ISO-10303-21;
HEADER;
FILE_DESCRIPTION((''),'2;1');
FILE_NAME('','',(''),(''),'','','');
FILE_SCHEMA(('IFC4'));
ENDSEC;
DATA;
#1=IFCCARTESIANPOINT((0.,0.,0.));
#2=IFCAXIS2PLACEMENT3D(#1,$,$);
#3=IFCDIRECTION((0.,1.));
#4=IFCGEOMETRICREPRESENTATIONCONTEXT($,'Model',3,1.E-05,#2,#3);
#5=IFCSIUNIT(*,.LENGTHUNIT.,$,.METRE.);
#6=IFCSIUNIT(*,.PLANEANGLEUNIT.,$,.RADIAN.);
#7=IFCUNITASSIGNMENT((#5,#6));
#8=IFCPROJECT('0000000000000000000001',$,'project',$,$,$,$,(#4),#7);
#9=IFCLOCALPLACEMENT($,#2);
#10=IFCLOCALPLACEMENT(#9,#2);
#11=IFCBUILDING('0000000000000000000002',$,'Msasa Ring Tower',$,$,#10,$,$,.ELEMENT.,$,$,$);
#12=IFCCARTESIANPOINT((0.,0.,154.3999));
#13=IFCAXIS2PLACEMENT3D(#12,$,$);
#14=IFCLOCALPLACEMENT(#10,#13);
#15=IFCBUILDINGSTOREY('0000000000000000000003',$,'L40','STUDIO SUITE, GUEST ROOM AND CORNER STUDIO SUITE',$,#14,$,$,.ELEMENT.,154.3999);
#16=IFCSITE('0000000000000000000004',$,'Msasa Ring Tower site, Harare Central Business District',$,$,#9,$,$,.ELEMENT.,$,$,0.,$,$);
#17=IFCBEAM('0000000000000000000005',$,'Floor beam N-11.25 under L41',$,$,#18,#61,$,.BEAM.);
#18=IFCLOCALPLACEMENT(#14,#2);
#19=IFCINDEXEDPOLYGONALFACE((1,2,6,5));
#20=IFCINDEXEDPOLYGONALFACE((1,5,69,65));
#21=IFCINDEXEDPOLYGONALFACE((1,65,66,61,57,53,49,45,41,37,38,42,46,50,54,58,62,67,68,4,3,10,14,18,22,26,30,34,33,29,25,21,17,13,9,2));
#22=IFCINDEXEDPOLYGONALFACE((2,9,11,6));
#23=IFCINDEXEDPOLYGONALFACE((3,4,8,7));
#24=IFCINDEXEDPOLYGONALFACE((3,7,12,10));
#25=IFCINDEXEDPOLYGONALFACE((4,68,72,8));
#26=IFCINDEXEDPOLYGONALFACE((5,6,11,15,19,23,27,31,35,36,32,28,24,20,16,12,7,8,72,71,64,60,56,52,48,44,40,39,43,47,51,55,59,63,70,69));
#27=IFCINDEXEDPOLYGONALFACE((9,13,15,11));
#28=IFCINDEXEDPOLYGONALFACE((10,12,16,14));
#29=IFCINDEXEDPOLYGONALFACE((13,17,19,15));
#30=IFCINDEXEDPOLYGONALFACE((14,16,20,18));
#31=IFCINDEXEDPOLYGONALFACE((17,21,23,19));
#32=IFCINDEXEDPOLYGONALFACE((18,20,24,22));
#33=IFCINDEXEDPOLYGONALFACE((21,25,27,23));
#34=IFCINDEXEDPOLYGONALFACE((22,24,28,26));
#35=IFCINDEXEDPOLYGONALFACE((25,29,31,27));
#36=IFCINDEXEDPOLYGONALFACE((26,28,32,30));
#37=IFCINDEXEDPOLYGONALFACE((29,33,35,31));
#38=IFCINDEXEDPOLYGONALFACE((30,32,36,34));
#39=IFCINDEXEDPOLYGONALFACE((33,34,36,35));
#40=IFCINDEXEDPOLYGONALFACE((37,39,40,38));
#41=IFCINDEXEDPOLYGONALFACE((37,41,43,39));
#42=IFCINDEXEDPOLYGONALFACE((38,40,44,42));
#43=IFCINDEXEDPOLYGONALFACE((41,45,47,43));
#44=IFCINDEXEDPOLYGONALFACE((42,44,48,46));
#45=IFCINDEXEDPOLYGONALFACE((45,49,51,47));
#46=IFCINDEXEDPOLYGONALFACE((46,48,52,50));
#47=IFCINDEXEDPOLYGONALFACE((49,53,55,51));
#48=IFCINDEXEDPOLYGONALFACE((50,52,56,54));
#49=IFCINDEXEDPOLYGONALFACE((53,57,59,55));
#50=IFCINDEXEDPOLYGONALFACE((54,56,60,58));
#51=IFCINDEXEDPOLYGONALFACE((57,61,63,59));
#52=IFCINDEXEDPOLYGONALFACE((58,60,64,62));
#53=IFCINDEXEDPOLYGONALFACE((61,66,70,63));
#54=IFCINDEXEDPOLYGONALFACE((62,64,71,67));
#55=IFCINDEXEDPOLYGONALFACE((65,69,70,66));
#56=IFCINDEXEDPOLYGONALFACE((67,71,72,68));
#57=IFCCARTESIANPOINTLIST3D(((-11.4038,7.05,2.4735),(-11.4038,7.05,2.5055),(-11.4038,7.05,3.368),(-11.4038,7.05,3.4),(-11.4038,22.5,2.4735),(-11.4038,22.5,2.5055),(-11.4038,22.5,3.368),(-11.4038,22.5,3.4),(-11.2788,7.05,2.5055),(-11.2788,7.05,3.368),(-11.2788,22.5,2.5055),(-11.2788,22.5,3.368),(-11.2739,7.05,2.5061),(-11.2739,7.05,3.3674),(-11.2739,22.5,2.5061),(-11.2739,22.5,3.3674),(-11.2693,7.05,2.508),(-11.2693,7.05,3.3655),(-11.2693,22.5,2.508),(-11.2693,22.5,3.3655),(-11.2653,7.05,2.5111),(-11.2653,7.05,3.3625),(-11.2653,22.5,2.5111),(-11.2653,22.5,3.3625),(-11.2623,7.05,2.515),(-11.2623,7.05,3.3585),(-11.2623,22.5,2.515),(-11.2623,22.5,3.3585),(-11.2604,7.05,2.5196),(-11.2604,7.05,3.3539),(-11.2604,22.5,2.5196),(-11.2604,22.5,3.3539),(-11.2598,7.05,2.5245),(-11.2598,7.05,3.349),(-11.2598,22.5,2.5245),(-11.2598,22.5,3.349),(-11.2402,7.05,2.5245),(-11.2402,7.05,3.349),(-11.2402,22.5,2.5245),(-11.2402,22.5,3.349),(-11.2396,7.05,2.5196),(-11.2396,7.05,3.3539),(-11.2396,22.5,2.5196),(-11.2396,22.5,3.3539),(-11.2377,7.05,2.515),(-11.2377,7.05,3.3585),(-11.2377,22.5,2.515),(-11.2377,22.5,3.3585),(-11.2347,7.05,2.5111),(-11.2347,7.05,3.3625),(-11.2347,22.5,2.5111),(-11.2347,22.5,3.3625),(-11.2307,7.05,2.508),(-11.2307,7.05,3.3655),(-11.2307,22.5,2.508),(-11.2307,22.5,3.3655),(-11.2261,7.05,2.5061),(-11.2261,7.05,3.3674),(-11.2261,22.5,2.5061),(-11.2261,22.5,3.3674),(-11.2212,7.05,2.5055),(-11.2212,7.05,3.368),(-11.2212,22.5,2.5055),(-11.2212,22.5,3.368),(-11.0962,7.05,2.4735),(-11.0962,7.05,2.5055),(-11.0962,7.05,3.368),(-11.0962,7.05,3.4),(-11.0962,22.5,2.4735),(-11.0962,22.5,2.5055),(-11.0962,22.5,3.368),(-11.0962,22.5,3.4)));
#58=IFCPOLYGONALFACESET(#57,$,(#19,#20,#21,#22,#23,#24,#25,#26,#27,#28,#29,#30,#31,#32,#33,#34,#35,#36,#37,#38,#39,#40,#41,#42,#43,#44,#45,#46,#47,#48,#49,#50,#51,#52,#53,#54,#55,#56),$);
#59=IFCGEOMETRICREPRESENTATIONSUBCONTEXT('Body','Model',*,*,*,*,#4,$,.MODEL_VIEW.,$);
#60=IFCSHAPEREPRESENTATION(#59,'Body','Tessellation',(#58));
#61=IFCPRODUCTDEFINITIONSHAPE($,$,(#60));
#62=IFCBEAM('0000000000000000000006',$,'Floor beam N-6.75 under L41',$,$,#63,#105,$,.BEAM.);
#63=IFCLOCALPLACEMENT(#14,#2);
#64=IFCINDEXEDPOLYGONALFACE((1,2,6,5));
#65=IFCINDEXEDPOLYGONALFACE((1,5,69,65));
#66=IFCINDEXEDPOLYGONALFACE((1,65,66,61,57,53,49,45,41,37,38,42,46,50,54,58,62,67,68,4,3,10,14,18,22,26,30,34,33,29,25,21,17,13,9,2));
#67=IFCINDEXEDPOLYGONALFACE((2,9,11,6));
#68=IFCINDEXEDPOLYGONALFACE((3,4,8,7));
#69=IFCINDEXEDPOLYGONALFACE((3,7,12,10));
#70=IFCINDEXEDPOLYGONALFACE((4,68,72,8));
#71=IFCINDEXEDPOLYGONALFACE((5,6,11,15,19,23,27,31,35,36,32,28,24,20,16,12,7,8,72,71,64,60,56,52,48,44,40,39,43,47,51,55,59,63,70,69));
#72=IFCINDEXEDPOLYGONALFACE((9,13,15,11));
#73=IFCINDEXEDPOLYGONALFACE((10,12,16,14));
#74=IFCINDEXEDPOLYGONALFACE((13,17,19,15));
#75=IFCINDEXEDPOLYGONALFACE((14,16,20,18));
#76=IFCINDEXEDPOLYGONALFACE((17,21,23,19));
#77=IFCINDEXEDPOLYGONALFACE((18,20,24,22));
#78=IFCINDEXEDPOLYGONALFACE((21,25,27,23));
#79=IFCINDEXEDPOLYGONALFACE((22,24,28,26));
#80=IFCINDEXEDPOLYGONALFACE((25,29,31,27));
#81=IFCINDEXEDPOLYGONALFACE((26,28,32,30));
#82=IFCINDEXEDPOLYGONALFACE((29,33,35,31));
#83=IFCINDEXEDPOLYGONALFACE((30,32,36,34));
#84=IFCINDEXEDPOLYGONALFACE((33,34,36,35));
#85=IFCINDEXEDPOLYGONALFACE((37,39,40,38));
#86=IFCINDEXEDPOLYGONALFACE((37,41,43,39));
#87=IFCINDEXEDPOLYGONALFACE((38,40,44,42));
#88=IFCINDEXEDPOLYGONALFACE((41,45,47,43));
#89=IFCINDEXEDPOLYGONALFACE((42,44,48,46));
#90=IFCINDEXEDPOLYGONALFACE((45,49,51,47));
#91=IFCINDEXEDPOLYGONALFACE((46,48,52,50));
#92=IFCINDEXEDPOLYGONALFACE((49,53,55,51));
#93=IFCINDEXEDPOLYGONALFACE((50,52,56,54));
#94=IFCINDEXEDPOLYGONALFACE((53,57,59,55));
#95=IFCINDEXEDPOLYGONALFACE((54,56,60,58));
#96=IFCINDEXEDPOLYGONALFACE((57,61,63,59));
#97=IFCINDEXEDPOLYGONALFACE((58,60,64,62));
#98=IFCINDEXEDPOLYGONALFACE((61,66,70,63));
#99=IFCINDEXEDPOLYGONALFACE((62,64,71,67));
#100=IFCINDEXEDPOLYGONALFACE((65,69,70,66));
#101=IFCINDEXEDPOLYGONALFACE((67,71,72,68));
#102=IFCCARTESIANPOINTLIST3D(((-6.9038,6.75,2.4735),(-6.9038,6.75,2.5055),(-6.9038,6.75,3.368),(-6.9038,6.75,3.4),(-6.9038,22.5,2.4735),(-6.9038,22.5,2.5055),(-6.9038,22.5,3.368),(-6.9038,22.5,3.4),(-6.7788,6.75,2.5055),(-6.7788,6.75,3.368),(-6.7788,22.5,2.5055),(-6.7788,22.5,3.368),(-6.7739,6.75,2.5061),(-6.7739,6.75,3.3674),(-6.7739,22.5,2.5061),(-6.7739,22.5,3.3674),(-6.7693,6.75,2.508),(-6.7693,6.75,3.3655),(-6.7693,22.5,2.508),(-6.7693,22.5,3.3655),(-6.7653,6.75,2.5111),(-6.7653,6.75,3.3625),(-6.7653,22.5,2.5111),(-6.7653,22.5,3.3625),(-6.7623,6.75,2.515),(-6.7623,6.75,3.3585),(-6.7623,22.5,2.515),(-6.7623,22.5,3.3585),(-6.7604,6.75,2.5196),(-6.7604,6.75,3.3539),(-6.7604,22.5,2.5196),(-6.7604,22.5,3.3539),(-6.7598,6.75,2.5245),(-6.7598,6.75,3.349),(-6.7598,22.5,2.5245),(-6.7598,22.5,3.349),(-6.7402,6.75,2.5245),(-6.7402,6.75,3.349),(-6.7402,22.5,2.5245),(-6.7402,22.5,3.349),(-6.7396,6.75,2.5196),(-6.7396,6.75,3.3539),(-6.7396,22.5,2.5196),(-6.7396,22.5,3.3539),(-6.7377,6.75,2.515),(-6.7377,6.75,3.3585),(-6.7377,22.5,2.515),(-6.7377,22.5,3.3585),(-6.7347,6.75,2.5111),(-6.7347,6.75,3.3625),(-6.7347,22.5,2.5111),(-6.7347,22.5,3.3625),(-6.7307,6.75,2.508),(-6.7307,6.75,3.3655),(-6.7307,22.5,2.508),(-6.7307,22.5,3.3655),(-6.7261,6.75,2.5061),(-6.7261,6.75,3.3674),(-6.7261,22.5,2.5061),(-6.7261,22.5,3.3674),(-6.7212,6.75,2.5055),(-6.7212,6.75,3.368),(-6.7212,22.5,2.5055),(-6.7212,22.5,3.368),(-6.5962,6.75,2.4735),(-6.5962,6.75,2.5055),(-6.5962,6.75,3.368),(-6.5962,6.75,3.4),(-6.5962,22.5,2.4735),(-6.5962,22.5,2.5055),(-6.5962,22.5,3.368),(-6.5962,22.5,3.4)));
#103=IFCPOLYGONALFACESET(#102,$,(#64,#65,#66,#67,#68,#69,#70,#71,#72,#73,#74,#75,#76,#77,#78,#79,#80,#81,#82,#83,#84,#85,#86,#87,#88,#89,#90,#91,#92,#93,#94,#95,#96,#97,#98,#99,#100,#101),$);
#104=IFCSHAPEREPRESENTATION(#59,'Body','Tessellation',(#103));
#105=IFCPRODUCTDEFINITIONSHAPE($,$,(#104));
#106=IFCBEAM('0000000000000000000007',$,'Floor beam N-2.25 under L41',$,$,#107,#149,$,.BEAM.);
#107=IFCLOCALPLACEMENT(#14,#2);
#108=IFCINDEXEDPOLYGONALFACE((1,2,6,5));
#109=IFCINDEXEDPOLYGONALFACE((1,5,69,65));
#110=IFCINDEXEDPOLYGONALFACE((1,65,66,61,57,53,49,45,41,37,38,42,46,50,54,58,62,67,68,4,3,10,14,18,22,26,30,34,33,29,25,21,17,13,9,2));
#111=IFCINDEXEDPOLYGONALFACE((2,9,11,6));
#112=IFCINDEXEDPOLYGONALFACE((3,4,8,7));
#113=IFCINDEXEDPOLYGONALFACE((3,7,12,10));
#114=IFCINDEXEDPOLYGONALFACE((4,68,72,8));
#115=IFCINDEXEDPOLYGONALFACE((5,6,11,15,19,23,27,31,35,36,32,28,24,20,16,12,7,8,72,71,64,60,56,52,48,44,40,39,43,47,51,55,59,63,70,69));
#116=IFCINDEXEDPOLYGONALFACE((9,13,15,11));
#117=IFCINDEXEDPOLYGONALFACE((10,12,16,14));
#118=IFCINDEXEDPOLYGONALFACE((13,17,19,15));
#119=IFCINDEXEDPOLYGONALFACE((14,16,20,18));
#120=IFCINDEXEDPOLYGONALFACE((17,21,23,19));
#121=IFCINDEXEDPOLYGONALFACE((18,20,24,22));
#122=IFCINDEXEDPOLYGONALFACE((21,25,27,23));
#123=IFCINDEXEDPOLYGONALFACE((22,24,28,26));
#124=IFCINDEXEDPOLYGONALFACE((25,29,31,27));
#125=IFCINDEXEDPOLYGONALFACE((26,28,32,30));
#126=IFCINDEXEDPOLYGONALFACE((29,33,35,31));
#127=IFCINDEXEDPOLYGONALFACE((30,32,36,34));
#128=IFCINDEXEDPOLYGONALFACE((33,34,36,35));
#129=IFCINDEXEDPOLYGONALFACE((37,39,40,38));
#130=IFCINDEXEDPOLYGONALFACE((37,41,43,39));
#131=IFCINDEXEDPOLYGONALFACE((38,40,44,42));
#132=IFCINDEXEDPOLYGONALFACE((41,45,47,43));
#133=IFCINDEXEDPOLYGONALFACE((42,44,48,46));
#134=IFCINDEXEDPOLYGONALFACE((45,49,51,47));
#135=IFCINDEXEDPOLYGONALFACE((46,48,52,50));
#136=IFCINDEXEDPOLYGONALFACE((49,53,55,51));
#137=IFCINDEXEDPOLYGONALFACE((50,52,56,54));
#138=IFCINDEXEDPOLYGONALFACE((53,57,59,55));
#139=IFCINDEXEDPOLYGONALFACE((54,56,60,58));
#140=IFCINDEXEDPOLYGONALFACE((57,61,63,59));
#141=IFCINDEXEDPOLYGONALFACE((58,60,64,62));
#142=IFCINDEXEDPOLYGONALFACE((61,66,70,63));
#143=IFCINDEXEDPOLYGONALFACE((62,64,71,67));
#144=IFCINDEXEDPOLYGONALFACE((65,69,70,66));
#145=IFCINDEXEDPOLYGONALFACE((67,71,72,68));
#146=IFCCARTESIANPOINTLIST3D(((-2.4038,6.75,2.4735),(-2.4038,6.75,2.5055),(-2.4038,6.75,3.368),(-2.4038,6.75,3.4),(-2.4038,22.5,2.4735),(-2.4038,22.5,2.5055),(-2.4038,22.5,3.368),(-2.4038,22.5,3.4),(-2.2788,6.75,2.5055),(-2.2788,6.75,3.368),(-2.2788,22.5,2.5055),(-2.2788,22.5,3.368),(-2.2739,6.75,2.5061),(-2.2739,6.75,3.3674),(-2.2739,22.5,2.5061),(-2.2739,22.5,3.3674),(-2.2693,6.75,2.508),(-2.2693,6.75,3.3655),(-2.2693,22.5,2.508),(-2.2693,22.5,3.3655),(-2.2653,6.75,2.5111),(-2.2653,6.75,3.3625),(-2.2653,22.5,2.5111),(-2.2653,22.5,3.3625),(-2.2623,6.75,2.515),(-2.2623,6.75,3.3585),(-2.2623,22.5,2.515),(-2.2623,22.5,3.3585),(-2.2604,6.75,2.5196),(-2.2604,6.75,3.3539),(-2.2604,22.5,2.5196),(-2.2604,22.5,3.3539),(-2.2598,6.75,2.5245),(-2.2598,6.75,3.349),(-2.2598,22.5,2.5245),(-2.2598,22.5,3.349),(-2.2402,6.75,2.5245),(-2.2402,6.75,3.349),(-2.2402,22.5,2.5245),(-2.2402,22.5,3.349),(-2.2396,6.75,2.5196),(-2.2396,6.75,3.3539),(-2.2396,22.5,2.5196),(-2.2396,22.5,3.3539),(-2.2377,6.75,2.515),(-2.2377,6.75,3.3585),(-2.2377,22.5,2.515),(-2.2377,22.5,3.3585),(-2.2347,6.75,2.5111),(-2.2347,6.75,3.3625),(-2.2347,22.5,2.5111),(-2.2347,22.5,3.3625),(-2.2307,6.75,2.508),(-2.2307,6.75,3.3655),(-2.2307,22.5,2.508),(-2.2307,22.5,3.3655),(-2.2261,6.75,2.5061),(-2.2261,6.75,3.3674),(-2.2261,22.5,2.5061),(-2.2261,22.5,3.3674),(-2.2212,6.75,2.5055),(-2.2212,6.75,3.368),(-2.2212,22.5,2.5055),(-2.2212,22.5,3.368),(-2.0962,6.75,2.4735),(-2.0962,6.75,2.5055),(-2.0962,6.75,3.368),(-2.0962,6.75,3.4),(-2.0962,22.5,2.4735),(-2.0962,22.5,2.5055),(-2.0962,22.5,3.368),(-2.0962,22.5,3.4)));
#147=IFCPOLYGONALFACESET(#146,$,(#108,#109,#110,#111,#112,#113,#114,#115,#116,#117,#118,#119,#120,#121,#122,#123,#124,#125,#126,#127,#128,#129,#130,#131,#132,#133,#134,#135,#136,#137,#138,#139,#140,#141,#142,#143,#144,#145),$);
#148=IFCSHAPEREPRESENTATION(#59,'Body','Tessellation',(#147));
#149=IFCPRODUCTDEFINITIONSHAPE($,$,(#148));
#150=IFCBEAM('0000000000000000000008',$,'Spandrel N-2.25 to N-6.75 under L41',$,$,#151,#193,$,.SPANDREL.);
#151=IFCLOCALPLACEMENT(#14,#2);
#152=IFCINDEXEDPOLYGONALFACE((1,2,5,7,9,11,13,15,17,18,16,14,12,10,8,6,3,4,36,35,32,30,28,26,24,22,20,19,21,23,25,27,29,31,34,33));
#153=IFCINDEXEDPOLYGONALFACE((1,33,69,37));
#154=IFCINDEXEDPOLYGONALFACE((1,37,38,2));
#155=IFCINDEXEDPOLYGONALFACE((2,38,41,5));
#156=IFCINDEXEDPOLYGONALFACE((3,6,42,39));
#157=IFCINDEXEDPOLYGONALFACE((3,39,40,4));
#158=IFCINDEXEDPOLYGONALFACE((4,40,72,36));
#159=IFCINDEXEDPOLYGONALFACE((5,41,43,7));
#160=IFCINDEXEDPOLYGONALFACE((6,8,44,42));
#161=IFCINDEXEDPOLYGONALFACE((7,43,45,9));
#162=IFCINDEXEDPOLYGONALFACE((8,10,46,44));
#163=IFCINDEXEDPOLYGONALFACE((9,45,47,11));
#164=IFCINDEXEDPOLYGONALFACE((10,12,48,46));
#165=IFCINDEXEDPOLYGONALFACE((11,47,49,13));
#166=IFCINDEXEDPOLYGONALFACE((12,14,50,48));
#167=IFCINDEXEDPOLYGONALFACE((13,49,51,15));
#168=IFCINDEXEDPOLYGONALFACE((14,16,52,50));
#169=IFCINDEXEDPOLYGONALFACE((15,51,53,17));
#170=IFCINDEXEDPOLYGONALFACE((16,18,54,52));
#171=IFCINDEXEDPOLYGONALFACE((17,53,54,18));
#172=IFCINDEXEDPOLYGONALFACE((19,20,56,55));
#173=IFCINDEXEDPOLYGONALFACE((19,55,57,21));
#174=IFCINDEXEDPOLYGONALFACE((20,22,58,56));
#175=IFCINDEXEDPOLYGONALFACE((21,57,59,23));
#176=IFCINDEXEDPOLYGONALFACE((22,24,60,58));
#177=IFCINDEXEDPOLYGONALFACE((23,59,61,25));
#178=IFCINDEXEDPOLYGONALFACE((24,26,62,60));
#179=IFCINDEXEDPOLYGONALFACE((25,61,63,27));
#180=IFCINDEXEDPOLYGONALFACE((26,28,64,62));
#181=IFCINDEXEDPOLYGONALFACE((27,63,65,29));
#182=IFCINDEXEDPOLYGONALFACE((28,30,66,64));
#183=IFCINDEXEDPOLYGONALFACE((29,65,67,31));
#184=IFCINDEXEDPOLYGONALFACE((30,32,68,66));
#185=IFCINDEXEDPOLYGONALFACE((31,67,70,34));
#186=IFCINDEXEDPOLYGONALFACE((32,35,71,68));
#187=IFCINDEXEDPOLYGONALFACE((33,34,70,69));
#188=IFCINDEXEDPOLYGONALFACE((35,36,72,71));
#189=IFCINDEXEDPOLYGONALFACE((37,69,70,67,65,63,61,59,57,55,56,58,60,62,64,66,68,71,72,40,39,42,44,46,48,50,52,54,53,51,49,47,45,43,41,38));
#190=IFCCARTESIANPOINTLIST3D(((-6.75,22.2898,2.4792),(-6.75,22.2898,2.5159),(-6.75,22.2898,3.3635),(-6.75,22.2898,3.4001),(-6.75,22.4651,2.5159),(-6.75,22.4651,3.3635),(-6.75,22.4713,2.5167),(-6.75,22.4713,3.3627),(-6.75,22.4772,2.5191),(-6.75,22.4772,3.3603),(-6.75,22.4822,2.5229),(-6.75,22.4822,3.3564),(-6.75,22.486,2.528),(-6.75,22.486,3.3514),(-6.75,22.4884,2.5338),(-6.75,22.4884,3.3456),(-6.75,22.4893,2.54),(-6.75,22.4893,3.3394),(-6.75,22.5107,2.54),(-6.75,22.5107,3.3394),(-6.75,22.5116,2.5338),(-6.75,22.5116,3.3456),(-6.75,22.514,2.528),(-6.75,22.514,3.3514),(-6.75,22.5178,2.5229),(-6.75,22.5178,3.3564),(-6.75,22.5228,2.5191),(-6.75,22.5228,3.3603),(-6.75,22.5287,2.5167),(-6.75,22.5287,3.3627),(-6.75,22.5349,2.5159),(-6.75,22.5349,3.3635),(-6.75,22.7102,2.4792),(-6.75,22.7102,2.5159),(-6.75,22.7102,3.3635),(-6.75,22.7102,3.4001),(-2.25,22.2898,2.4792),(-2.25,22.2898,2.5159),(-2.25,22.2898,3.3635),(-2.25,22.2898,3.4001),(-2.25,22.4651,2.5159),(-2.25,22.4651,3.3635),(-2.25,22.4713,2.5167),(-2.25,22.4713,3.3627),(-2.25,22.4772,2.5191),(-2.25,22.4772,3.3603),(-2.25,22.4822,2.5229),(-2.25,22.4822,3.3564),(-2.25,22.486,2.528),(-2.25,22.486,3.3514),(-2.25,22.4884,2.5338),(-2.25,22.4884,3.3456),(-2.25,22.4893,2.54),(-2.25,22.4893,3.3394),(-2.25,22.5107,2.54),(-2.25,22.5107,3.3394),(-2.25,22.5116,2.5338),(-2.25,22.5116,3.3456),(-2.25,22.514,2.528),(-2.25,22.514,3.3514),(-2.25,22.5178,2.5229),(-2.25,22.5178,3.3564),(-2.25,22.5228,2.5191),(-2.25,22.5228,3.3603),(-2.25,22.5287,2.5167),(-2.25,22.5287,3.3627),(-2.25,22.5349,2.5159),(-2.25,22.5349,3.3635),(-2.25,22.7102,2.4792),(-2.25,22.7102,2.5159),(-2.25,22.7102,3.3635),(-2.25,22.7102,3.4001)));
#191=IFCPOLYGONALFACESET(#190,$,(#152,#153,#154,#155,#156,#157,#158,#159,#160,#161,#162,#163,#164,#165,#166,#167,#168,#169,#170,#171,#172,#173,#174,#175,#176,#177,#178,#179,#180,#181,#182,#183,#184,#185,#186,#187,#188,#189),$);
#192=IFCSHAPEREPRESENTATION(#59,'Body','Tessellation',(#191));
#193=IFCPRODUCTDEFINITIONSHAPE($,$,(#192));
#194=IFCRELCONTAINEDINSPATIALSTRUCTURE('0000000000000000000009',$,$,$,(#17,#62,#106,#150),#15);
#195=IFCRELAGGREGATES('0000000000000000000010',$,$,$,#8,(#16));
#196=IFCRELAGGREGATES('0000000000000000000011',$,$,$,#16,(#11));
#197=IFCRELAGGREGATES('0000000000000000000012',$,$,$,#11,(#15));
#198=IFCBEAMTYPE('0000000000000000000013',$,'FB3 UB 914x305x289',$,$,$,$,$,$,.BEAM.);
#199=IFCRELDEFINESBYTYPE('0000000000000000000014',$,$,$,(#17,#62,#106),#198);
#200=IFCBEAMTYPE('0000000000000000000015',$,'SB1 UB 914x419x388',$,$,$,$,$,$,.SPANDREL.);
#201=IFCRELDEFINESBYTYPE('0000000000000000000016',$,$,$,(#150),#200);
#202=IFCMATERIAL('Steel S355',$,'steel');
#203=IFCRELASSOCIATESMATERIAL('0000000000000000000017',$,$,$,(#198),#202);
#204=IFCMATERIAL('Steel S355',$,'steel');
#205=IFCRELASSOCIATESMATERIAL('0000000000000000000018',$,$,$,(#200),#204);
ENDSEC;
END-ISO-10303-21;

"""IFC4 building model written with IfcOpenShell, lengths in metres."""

from ifc_helpers import new_model, si_unit, direction, frame, origin, origin_2d, place, context, subcontext, project, spatial, i_section, extrude, material, material_profile, profile_set, type_object, element, save


model = new_model("IFC4")

# Units and contexts
model_context = context("Model", 3, precision=1e-05, world=origin(), true_north=direction((0.0, 1.0)))
body_context = subcontext(model_context, "Body", "Model", "MODEL_VIEW")
ifc_project = project(units=[si_unit("LENGTHUNIT", "METRE"), si_unit("PLANEANGLEUNIT", "RADIAN")], contexts=[model_context])

# Site, building, storey
site_placement = place(None, origin())
site = spatial("IfcSite", under=ifc_project, at=site_placement, Name="Msasa Ring Tower site, Harare Central Business District", CompositionType="ELEMENT", RefElevation=0.0)
building_placement = place(site_placement, origin())
building = spatial("IfcBuilding", under=site, at=building_placement, Name="Msasa Ring Tower", CompositionType="ELEMENT")
storey_placement = place(building_placement, frame((0.0, 0.0, 154.3999)))
storey = spatial("IfcBuildingStorey", under=building, at=storey_placement, Name="L40", Description="STUDIO SUITE, GUEST ROOM AND CORNER STUDIO SUITE", CompositionType="ELEMENT", Elevation=154.3999)

# Beams
ifc_material_1 = material(Name="Steel S355", Category="steel")
ifc_material_profile_1 = material_profile(ifc_material_1, i_section(OverallWidth=0.3076, OverallDepth=0.9265, WebThickness=0.0195, FlangeThickness=0.032, FilletRadius=0.019, at=origin_2d()), Name="UB 914x305x289")
ifc_profile_set_1 = profile_set([ifc_material_profile_1], Name="Steel S355")
beam_type_1 = type_object("IfcBeamType", Name="FB3 UB 914x305x289", PredefinedType="BEAM", material=ifc_profile_set_1)
for number, where, z_axis, x_axis, name in (
    (1, (-11.25, 22.5, 2.9368), (0.0, -1.0, 0.0), (1.0, 0.0, 0.0), "Floor beam N-11.25 under L41"),
):
    element("IfcBeam", number, at=place(storey_placement, frame(where, z_axis=z_axis, x_axis=x_axis)), inside=storey, type_object=beam_type_1, Name=name, PredefinedType="BEAM", context=body_context, shape_type="SweptSolid", body=[
        extrude(i_section(OverallWidth=0.3076, OverallDepth=0.9265, WebThickness=0.0195, FlangeThickness=0.032, FilletRadius=0.019, at=origin_2d()), origin(), (0.0, 0.0, 1.0), 15.45),
    ])
for number, where, z_axis, x_axis, name in (
    (2, (-6.75, 22.5, 2.9368), (0.0, -1.0, 0.0), (1.0, 0.0, 0.0), "Floor beam N-6.75 under L41"),
    (3, (-2.25, 22.5, 2.9368), (0.0, -1.0, 0.0), (1.0, 0.0, 0.0), "Floor beam N-2.25 under L41"),
):
    element("IfcBeam", number, at=place(storey_placement, frame(where, z_axis=z_axis, x_axis=x_axis)), inside=storey, type_object=beam_type_1, Name=name, PredefinedType="BEAM", context=body_context, shape_type="SweptSolid", body=[
        extrude(i_section(OverallWidth=0.3076, OverallDepth=0.9265, WebThickness=0.0195, FlangeThickness=0.032, FilletRadius=0.019, at=origin_2d()), origin(), (0.0, 0.0, 1.0), 15.75),
    ])
ifc_material_2 = material(Name="Steel S355", Category="steel")
ifc_material_profile_2 = material_profile(ifc_material_2, i_section(OverallWidth=0.4204, OverallDepth=0.9209, WebThickness=0.0215, FlangeThickness=0.0366, FilletRadius=0.0242, at=origin_2d()), Name="UB 914x419x388")
ifc_profile_set_2 = profile_set([ifc_material_profile_2], Name="Steel S355")
beam_type_2 = type_object("IfcBeamType", Name="SB1 UB 914x419x388", PredefinedType="SPANDREL", material=ifc_profile_set_2)
for number, where, z_axis, x_axis, name in (
    (4, (-2.25, 22.5, 2.9397), (-1.0, 0.0, 0.0), (0.0, -1.0, 0.0), "Spandrel N-2.25 to N-6.75 under L41"),
):
    element("IfcBeam", number, at=place(storey_placement, frame(where, z_axis=z_axis, x_axis=x_axis)), inside=storey, type_object=beam_type_2, Name=name, PredefinedType="SPANDREL", context=body_context, shape_type="SweptSolid", body=[
        extrude(i_section(OverallWidth=0.4204, OverallDepth=0.9209, WebThickness=0.0215, FlangeThickness=0.0366, FilletRadius=0.0242, at=origin_2d()), origin(), (0.0, 0.0, 1.0), 4.5),
    ])

save(model, "model.ifc")
